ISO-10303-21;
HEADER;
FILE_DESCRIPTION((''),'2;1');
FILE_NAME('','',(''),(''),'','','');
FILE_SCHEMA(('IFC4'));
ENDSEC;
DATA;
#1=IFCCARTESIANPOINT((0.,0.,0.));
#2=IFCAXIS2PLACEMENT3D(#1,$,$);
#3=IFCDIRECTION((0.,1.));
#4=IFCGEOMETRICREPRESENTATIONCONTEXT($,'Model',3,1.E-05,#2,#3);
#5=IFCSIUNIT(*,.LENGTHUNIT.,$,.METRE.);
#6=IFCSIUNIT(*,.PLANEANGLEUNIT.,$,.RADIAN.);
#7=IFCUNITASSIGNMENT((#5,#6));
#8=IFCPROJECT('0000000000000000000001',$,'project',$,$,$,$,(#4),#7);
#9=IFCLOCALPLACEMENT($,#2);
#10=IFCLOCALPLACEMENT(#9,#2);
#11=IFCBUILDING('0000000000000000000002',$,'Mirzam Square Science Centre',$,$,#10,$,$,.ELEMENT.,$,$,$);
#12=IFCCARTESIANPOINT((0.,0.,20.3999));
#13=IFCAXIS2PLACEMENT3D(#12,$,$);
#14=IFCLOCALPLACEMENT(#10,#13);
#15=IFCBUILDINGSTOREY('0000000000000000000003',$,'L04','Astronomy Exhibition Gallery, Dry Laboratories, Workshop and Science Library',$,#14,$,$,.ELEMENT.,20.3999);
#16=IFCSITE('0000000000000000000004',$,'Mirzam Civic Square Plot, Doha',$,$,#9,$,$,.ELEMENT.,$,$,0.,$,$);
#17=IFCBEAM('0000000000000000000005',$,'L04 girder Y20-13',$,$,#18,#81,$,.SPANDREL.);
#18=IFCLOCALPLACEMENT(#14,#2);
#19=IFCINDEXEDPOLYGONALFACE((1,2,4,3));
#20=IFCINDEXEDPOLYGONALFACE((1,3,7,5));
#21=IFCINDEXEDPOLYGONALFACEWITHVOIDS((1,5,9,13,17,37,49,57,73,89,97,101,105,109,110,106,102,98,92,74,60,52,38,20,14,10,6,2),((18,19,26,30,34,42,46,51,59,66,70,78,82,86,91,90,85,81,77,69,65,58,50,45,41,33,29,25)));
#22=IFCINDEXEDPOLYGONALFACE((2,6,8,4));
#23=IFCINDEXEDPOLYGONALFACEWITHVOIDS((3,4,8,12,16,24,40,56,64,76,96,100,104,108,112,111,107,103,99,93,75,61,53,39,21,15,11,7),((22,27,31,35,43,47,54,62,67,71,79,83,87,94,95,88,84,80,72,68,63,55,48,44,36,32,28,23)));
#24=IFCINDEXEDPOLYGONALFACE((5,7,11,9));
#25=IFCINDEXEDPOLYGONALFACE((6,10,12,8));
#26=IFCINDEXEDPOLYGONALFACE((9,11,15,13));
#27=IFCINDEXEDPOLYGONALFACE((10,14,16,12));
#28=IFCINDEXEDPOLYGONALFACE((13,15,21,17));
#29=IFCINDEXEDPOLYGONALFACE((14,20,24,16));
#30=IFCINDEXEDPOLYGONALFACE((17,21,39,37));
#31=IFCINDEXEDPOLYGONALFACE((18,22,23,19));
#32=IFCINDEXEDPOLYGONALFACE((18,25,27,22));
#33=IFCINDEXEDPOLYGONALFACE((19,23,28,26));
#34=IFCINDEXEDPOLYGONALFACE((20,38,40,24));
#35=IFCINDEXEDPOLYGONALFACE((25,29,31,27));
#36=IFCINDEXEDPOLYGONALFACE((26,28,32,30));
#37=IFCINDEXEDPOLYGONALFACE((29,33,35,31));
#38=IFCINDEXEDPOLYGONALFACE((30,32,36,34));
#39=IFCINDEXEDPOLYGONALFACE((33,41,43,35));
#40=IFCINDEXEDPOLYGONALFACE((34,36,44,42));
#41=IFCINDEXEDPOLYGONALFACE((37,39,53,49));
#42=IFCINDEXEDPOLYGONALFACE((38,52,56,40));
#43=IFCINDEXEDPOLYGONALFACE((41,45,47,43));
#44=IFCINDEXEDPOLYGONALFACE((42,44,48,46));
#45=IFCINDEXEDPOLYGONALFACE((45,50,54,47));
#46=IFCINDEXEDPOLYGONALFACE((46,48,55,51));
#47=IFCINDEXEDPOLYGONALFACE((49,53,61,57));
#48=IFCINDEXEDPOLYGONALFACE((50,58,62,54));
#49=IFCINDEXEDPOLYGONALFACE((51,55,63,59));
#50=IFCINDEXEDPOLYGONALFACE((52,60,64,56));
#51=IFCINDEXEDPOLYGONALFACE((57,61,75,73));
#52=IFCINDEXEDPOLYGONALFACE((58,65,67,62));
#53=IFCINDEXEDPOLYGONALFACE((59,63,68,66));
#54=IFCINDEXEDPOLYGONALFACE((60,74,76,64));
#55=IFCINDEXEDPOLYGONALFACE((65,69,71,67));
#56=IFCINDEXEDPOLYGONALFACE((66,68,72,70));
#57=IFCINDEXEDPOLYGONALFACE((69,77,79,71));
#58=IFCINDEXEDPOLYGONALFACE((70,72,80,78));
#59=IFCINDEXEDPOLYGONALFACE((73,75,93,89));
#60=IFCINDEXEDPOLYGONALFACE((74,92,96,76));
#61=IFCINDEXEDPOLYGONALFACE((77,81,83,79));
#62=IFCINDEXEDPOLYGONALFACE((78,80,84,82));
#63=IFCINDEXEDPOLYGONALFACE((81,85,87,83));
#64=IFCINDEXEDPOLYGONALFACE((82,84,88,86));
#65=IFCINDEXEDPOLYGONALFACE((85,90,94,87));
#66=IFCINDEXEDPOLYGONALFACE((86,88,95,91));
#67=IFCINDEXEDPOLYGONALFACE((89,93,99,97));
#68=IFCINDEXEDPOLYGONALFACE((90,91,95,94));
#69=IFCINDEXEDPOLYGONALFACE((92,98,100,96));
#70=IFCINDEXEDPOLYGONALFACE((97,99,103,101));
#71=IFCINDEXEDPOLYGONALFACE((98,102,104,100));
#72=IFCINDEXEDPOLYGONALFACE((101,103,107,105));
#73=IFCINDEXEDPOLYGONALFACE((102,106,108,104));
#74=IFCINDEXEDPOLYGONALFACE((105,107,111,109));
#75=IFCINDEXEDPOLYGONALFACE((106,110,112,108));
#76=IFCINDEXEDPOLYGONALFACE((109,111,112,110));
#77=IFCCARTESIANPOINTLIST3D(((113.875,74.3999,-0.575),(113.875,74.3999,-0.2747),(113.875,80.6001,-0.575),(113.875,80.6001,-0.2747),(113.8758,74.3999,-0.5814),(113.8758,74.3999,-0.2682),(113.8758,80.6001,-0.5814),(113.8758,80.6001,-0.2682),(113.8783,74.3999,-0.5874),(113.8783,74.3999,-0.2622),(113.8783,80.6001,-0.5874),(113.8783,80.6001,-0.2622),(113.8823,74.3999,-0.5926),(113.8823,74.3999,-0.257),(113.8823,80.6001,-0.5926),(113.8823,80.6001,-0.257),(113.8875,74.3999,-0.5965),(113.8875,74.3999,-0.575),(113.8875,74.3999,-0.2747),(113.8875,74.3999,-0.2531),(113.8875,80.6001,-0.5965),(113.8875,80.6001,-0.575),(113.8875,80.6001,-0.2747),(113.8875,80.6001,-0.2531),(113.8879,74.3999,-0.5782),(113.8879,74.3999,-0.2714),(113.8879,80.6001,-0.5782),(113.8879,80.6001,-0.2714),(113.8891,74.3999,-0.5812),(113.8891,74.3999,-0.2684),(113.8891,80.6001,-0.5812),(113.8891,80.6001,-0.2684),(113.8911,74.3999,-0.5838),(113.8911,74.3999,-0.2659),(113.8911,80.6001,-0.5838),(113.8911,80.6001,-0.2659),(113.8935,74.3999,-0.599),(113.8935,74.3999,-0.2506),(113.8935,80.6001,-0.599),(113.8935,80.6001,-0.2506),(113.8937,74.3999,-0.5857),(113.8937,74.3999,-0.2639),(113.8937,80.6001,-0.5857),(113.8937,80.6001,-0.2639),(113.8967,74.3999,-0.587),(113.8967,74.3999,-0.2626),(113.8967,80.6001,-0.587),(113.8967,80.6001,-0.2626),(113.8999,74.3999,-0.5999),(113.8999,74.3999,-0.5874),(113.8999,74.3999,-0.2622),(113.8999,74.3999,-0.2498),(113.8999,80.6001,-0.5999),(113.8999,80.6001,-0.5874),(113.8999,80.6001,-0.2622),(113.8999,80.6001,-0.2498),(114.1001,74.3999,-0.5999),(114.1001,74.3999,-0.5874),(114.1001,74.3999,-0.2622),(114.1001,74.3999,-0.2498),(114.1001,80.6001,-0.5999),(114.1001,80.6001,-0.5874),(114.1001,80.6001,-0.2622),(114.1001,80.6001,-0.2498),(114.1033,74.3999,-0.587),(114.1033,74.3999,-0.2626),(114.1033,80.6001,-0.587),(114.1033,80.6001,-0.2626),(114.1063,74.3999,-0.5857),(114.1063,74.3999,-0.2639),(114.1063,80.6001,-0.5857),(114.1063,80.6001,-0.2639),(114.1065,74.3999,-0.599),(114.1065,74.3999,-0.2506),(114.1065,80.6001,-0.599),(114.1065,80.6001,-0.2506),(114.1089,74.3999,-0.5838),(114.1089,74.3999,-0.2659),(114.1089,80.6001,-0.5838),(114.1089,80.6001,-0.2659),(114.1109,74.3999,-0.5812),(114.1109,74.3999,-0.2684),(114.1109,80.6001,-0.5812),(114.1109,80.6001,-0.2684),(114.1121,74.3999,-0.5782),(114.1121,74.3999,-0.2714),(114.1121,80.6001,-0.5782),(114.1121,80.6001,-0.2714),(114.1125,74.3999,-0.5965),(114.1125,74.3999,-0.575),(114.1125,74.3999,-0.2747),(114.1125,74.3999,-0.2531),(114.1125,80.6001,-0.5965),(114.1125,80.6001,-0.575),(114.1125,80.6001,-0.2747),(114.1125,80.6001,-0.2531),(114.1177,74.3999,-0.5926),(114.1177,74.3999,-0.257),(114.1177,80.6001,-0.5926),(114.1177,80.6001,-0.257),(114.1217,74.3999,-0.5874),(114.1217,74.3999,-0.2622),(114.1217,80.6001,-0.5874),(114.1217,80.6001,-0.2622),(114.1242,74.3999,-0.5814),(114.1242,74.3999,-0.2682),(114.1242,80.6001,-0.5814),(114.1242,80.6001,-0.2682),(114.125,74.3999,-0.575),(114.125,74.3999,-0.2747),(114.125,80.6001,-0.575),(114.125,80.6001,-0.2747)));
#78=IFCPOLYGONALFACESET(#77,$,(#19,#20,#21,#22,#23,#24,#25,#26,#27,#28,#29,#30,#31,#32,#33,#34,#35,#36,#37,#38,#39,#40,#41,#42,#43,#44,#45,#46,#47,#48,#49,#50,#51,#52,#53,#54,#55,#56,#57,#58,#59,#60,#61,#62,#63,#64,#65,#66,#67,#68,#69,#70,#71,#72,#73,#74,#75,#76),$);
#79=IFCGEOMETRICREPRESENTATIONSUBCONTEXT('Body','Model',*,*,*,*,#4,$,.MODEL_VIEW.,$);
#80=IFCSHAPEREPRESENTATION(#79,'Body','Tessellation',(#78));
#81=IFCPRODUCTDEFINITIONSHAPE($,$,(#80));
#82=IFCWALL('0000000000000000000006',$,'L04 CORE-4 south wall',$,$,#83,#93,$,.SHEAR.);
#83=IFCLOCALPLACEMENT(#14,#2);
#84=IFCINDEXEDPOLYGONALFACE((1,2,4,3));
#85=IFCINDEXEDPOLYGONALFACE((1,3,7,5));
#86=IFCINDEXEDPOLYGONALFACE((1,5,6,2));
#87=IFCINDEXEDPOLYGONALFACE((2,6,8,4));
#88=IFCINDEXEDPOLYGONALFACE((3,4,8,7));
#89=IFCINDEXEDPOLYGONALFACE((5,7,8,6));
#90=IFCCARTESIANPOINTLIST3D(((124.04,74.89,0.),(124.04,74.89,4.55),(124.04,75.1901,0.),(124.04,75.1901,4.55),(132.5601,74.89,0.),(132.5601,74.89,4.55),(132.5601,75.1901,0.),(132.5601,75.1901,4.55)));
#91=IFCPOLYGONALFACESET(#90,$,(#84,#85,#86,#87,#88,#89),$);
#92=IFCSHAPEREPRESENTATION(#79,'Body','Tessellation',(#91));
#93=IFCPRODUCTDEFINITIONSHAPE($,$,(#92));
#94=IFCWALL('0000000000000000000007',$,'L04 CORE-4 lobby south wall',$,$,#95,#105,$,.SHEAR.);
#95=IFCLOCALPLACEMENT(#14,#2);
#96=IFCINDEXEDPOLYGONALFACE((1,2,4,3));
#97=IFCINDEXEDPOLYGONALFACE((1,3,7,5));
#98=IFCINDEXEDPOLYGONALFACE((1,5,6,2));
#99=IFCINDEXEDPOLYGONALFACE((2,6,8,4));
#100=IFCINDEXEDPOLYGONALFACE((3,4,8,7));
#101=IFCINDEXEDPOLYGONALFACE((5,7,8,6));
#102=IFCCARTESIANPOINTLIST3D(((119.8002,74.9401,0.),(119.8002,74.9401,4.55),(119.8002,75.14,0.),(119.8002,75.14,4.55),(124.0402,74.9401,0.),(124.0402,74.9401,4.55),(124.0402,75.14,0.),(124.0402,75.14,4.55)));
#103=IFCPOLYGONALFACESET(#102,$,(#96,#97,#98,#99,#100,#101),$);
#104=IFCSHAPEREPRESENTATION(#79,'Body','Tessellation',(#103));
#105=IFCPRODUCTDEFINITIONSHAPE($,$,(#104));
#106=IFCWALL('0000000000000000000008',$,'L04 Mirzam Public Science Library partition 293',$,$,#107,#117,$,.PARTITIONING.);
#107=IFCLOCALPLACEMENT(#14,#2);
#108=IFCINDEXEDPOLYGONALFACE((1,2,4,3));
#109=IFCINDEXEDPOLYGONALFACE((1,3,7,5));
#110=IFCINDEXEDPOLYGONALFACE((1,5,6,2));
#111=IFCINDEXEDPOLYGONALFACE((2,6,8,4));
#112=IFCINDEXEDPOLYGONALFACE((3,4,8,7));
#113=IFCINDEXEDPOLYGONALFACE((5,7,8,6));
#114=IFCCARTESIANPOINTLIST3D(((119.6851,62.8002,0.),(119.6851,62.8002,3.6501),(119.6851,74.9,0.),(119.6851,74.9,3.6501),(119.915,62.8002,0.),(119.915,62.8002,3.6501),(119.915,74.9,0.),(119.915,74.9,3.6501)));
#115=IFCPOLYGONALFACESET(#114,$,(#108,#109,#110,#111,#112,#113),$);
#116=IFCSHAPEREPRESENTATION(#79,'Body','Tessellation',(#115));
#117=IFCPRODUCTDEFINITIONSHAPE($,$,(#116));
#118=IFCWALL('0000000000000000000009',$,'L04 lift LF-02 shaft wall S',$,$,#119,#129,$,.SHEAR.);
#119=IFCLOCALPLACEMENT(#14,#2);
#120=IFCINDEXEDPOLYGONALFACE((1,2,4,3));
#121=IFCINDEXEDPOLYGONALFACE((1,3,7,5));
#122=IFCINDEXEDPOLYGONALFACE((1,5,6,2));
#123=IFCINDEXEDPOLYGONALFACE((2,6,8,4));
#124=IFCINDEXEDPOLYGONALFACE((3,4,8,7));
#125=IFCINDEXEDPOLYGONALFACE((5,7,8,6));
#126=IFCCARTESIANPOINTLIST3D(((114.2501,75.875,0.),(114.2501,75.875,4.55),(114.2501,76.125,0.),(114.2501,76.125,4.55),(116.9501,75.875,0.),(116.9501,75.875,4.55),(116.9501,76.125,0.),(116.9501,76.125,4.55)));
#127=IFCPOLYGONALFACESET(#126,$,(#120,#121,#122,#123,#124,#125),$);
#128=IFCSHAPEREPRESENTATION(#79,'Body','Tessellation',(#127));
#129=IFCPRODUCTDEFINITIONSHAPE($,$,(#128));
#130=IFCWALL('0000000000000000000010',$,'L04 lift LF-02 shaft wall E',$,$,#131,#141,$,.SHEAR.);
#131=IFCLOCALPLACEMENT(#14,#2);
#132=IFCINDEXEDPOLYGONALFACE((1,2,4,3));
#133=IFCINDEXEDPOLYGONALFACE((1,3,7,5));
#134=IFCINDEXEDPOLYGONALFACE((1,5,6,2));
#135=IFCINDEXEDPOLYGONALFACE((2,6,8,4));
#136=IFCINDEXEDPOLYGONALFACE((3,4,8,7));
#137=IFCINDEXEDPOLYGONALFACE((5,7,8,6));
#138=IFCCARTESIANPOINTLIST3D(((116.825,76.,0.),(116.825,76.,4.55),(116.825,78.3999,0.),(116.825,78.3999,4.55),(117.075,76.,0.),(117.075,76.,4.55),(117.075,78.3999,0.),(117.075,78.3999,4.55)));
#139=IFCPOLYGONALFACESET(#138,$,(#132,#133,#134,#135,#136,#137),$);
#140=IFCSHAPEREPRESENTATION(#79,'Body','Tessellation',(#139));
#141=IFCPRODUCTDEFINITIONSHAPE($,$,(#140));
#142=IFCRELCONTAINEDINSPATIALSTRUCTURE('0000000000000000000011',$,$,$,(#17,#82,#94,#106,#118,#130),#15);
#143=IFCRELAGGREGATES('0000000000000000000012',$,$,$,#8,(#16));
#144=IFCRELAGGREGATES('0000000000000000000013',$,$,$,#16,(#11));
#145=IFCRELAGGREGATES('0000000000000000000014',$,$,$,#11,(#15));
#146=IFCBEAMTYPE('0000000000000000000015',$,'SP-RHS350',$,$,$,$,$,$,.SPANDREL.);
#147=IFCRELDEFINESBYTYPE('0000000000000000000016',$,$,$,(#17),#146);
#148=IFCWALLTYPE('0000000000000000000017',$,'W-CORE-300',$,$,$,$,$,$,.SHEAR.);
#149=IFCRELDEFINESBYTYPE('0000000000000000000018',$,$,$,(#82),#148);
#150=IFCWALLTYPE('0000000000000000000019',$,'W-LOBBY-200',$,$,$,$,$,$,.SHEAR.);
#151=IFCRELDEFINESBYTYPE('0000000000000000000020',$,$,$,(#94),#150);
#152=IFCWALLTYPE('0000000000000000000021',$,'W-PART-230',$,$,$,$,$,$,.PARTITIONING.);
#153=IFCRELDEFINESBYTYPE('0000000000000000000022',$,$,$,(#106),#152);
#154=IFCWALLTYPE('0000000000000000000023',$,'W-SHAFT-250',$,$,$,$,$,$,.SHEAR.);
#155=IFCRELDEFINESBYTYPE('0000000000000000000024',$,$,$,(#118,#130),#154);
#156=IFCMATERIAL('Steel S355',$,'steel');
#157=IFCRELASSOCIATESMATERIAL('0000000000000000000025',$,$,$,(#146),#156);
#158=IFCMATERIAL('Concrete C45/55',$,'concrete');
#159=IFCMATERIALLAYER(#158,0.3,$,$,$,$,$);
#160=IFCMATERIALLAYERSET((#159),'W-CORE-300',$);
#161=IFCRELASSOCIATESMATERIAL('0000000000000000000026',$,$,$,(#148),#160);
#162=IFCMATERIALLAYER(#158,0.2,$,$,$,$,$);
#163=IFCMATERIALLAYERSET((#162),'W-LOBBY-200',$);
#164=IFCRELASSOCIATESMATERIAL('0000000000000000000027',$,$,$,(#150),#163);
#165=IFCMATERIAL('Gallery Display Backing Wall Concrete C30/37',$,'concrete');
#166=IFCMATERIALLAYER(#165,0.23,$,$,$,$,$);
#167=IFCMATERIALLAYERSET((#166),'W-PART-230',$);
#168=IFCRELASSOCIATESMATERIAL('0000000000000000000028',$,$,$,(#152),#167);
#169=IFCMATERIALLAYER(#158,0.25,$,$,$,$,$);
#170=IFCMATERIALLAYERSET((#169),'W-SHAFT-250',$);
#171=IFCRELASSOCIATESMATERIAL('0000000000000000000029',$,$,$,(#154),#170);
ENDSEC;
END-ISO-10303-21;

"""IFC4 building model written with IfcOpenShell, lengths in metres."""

from ifc_helpers import new_model, si_unit, direction, frame, frame_2d, origin, origin_2d, place, context, subcontext, project, spatial, rectangle, hollow_rectangle, extrude, material, layer, layer_set, material_profile, profile_set, type_object, element, save


model = new_model("IFC4")

# Units and contexts
model_context = context("Model", 3, precision=1e-05, world=origin(), true_north=direction((0.0, 1.0)))
body_context = subcontext(model_context, "Body", "Model", "MODEL_VIEW")
ifc_project = project(units=[si_unit("LENGTHUNIT", "METRE"), si_unit("PLANEANGLEUNIT", "RADIAN")], contexts=[model_context])

# Site, building, storey
site_placement = place(None, origin())
site = spatial("IfcSite", under=ifc_project, at=site_placement, Name="Mirzam Civic Square Plot, Doha", CompositionType="ELEMENT", RefElevation=0.0)
building_placement = place(site_placement, origin())
building = spatial("IfcBuilding", under=site, at=building_placement, Name="Mirzam Square Science Centre", CompositionType="ELEMENT")
storey_placement = place(building_placement, frame((0.0, 0.0, 20.3999)))
storey = spatial("IfcBuildingStorey", under=building, at=storey_placement, Name="L04", Description="Astronomy Exhibition Gallery, Dry Laboratories, Workshop and Science Library", CompositionType="ELEMENT", Elevation=20.3999)

# Shared definitions
ifc_material_1 = material(Name="Steel S355", Category="steel")

# Beam
ifc_material_profile_1 = material_profile(ifc_material_1, hollow_rectangle(XDim=0.25, YDim=0.3501, WallThickness=0.0125, InnerFilletRadius=0.0125, OuterFilletRadius=0.0249, at=origin_2d()), Name="350x250x12.5RHS")
ifc_profile_set_1 = profile_set([ifc_material_profile_1], Name="Steel S355")
beam_type_1 = type_object("IfcBeamType", Name="SP-RHS350", PredefinedType="SPANDREL", material=ifc_profile_set_1)
beam_1_placement = place(storey_placement, frame((114.0, 74.3999, -0.4248), z_axis=(0.0, 1.0, 0.0), x_axis=(-1.0, 0.0, 0.0)))
element("IfcBeam", 1, at=beam_1_placement, inside=storey, type_object=beam_type_1, Name="L04 girder Y20-13", PredefinedType="SPANDREL", context=body_context, shape_type="SweptSolid", body=[
    extrude(hollow_rectangle(XDim=0.25, YDim=0.3501, WallThickness=0.0125, InnerFilletRadius=0.0125, OuterFilletRadius=0.0249, at=origin_2d()), origin(), (0.0, 0.0, 1.0), 6.2002),
])

# Walls
ifc_material_2 = material(Name="Concrete C45/55", Category="concrete")
ifc_layer_1 = layer(ifc_material_2, 0.3)
ifc_layer_set_1 = layer_set([ifc_layer_1], Name="W-CORE-300")
wall_type_1 = type_object("IfcWallType", Name="W-CORE-300", PredefinedType="SHEAR", material=ifc_layer_set_1)
wall_1_placement = place(storey_placement, frame((124.04, 75.04, 0.0), z_axis=(0.0, 0.0, 1.0), x_axis=(1.0, 0.0, 0.0)))
element("IfcWall", 2, at=wall_1_placement, inside=storey, type_object=wall_type_1, Name="L04 CORE-4 south wall", PredefinedType="SHEAR", context=body_context, shape_type="SweptSolid", body=[
    extrude(rectangle(XDim=8.52, YDim=0.3, at=frame_2d((4.26, 0.0))), origin(), (0.0, 0.0, 1.0), 4.55),
])
ifc_layer_2 = layer(ifc_material_2, 0.2)
ifc_layer_set_2 = layer_set([ifc_layer_2], Name="W-LOBBY-200")
wall_type_2 = type_object("IfcWallType", Name="W-LOBBY-200", PredefinedType="SHEAR", material=ifc_layer_set_2)
wall_2_placement = place(storey_placement, frame((119.8, 75.04, 0.0), z_axis=(0.0, 0.0, 1.0), x_axis=(1.0, 0.0, 0.0)))
element("IfcWall", 3, at=wall_2_placement, inside=storey, type_object=wall_type_2, Name="L04 CORE-4 lobby south wall", PredefinedType="SHEAR", context=body_context, shape_type="SweptSolid", body=[
    extrude(rectangle(XDim=4.24, YDim=0.2, at=frame_2d((2.1201, 0.0))), origin(), (0.0, 0.0, 1.0), 4.55),
])
ifc_material_3 = material(Name="Gallery Display Backing Wall Concrete C30/37", Category="concrete")
ifc_layer_3 = layer(ifc_material_3, 0.23)
ifc_layer_set_3 = layer_set([ifc_layer_3], Name="W-PART-230")
wall_type_3 = type_object("IfcWallType", Name="W-PART-230", PredefinedType="PARTITIONING", material=ifc_layer_set_3)
wall_3_placement = place(storey_placement, frame((119.8, 74.8999, 0.0), z_axis=(0.0, 0.0, 1.0), x_axis=(0.0, -1.0, 0.0)))
element("IfcWall", 4, at=wall_3_placement, inside=storey, type_object=wall_type_3, Name="L04 Mirzam Public Science Library partition 293", PredefinedType="PARTITIONING", context=body_context, shape_type="SweptSolid", body=[
    extrude(rectangle(XDim=12.0999, YDim=0.23, at=frame_2d((6.0498, 0.0))), origin(), (0.0, 0.0, 1.0), 3.6501),
])
ifc_layer_4 = layer(ifc_material_2, 0.25)
ifc_layer_set_4 = layer_set([ifc_layer_4], Name="W-SHAFT-250")
wall_type_4 = type_object("IfcWallType", Name="W-SHAFT-250", PredefinedType="SHEAR", material=ifc_layer_set_4)
wall_4_placement = place(storey_placement, frame((114.25, 76.0, 0.0), z_axis=(0.0, 0.0, 1.0), x_axis=(1.0, 0.0, 0.0)))
element("IfcWall", 5, at=wall_4_placement, inside=storey, type_object=wall_type_4, Name="L04 lift LF-02 shaft wall S", PredefinedType="SHEAR", context=body_context, shape_type="SweptSolid", body=[
    extrude(rectangle(XDim=2.7, YDim=0.25, at=frame_2d((1.3501, 0.0))), origin(), (0.0, 0.0, 1.0), 4.55),
])
wall_5_placement = place(storey_placement, frame((116.95, 76.0, 0.0), z_axis=(0.0, 0.0, 1.0), x_axis=(0.0, 1.0, 0.0)))
element("IfcWall", 6, at=wall_5_placement, inside=storey, type_object=wall_type_4, Name="L04 lift LF-02 shaft wall E", PredefinedType="SHEAR", context=body_context, shape_type="SweptSolid", body=[
    extrude(rectangle(XDim=2.3999, YDim=0.25, at=frame_2d((1.2, 0.0))), origin(), (0.0, 0.0, 1.0), 4.55),
])

save(model, "model.ifc")
